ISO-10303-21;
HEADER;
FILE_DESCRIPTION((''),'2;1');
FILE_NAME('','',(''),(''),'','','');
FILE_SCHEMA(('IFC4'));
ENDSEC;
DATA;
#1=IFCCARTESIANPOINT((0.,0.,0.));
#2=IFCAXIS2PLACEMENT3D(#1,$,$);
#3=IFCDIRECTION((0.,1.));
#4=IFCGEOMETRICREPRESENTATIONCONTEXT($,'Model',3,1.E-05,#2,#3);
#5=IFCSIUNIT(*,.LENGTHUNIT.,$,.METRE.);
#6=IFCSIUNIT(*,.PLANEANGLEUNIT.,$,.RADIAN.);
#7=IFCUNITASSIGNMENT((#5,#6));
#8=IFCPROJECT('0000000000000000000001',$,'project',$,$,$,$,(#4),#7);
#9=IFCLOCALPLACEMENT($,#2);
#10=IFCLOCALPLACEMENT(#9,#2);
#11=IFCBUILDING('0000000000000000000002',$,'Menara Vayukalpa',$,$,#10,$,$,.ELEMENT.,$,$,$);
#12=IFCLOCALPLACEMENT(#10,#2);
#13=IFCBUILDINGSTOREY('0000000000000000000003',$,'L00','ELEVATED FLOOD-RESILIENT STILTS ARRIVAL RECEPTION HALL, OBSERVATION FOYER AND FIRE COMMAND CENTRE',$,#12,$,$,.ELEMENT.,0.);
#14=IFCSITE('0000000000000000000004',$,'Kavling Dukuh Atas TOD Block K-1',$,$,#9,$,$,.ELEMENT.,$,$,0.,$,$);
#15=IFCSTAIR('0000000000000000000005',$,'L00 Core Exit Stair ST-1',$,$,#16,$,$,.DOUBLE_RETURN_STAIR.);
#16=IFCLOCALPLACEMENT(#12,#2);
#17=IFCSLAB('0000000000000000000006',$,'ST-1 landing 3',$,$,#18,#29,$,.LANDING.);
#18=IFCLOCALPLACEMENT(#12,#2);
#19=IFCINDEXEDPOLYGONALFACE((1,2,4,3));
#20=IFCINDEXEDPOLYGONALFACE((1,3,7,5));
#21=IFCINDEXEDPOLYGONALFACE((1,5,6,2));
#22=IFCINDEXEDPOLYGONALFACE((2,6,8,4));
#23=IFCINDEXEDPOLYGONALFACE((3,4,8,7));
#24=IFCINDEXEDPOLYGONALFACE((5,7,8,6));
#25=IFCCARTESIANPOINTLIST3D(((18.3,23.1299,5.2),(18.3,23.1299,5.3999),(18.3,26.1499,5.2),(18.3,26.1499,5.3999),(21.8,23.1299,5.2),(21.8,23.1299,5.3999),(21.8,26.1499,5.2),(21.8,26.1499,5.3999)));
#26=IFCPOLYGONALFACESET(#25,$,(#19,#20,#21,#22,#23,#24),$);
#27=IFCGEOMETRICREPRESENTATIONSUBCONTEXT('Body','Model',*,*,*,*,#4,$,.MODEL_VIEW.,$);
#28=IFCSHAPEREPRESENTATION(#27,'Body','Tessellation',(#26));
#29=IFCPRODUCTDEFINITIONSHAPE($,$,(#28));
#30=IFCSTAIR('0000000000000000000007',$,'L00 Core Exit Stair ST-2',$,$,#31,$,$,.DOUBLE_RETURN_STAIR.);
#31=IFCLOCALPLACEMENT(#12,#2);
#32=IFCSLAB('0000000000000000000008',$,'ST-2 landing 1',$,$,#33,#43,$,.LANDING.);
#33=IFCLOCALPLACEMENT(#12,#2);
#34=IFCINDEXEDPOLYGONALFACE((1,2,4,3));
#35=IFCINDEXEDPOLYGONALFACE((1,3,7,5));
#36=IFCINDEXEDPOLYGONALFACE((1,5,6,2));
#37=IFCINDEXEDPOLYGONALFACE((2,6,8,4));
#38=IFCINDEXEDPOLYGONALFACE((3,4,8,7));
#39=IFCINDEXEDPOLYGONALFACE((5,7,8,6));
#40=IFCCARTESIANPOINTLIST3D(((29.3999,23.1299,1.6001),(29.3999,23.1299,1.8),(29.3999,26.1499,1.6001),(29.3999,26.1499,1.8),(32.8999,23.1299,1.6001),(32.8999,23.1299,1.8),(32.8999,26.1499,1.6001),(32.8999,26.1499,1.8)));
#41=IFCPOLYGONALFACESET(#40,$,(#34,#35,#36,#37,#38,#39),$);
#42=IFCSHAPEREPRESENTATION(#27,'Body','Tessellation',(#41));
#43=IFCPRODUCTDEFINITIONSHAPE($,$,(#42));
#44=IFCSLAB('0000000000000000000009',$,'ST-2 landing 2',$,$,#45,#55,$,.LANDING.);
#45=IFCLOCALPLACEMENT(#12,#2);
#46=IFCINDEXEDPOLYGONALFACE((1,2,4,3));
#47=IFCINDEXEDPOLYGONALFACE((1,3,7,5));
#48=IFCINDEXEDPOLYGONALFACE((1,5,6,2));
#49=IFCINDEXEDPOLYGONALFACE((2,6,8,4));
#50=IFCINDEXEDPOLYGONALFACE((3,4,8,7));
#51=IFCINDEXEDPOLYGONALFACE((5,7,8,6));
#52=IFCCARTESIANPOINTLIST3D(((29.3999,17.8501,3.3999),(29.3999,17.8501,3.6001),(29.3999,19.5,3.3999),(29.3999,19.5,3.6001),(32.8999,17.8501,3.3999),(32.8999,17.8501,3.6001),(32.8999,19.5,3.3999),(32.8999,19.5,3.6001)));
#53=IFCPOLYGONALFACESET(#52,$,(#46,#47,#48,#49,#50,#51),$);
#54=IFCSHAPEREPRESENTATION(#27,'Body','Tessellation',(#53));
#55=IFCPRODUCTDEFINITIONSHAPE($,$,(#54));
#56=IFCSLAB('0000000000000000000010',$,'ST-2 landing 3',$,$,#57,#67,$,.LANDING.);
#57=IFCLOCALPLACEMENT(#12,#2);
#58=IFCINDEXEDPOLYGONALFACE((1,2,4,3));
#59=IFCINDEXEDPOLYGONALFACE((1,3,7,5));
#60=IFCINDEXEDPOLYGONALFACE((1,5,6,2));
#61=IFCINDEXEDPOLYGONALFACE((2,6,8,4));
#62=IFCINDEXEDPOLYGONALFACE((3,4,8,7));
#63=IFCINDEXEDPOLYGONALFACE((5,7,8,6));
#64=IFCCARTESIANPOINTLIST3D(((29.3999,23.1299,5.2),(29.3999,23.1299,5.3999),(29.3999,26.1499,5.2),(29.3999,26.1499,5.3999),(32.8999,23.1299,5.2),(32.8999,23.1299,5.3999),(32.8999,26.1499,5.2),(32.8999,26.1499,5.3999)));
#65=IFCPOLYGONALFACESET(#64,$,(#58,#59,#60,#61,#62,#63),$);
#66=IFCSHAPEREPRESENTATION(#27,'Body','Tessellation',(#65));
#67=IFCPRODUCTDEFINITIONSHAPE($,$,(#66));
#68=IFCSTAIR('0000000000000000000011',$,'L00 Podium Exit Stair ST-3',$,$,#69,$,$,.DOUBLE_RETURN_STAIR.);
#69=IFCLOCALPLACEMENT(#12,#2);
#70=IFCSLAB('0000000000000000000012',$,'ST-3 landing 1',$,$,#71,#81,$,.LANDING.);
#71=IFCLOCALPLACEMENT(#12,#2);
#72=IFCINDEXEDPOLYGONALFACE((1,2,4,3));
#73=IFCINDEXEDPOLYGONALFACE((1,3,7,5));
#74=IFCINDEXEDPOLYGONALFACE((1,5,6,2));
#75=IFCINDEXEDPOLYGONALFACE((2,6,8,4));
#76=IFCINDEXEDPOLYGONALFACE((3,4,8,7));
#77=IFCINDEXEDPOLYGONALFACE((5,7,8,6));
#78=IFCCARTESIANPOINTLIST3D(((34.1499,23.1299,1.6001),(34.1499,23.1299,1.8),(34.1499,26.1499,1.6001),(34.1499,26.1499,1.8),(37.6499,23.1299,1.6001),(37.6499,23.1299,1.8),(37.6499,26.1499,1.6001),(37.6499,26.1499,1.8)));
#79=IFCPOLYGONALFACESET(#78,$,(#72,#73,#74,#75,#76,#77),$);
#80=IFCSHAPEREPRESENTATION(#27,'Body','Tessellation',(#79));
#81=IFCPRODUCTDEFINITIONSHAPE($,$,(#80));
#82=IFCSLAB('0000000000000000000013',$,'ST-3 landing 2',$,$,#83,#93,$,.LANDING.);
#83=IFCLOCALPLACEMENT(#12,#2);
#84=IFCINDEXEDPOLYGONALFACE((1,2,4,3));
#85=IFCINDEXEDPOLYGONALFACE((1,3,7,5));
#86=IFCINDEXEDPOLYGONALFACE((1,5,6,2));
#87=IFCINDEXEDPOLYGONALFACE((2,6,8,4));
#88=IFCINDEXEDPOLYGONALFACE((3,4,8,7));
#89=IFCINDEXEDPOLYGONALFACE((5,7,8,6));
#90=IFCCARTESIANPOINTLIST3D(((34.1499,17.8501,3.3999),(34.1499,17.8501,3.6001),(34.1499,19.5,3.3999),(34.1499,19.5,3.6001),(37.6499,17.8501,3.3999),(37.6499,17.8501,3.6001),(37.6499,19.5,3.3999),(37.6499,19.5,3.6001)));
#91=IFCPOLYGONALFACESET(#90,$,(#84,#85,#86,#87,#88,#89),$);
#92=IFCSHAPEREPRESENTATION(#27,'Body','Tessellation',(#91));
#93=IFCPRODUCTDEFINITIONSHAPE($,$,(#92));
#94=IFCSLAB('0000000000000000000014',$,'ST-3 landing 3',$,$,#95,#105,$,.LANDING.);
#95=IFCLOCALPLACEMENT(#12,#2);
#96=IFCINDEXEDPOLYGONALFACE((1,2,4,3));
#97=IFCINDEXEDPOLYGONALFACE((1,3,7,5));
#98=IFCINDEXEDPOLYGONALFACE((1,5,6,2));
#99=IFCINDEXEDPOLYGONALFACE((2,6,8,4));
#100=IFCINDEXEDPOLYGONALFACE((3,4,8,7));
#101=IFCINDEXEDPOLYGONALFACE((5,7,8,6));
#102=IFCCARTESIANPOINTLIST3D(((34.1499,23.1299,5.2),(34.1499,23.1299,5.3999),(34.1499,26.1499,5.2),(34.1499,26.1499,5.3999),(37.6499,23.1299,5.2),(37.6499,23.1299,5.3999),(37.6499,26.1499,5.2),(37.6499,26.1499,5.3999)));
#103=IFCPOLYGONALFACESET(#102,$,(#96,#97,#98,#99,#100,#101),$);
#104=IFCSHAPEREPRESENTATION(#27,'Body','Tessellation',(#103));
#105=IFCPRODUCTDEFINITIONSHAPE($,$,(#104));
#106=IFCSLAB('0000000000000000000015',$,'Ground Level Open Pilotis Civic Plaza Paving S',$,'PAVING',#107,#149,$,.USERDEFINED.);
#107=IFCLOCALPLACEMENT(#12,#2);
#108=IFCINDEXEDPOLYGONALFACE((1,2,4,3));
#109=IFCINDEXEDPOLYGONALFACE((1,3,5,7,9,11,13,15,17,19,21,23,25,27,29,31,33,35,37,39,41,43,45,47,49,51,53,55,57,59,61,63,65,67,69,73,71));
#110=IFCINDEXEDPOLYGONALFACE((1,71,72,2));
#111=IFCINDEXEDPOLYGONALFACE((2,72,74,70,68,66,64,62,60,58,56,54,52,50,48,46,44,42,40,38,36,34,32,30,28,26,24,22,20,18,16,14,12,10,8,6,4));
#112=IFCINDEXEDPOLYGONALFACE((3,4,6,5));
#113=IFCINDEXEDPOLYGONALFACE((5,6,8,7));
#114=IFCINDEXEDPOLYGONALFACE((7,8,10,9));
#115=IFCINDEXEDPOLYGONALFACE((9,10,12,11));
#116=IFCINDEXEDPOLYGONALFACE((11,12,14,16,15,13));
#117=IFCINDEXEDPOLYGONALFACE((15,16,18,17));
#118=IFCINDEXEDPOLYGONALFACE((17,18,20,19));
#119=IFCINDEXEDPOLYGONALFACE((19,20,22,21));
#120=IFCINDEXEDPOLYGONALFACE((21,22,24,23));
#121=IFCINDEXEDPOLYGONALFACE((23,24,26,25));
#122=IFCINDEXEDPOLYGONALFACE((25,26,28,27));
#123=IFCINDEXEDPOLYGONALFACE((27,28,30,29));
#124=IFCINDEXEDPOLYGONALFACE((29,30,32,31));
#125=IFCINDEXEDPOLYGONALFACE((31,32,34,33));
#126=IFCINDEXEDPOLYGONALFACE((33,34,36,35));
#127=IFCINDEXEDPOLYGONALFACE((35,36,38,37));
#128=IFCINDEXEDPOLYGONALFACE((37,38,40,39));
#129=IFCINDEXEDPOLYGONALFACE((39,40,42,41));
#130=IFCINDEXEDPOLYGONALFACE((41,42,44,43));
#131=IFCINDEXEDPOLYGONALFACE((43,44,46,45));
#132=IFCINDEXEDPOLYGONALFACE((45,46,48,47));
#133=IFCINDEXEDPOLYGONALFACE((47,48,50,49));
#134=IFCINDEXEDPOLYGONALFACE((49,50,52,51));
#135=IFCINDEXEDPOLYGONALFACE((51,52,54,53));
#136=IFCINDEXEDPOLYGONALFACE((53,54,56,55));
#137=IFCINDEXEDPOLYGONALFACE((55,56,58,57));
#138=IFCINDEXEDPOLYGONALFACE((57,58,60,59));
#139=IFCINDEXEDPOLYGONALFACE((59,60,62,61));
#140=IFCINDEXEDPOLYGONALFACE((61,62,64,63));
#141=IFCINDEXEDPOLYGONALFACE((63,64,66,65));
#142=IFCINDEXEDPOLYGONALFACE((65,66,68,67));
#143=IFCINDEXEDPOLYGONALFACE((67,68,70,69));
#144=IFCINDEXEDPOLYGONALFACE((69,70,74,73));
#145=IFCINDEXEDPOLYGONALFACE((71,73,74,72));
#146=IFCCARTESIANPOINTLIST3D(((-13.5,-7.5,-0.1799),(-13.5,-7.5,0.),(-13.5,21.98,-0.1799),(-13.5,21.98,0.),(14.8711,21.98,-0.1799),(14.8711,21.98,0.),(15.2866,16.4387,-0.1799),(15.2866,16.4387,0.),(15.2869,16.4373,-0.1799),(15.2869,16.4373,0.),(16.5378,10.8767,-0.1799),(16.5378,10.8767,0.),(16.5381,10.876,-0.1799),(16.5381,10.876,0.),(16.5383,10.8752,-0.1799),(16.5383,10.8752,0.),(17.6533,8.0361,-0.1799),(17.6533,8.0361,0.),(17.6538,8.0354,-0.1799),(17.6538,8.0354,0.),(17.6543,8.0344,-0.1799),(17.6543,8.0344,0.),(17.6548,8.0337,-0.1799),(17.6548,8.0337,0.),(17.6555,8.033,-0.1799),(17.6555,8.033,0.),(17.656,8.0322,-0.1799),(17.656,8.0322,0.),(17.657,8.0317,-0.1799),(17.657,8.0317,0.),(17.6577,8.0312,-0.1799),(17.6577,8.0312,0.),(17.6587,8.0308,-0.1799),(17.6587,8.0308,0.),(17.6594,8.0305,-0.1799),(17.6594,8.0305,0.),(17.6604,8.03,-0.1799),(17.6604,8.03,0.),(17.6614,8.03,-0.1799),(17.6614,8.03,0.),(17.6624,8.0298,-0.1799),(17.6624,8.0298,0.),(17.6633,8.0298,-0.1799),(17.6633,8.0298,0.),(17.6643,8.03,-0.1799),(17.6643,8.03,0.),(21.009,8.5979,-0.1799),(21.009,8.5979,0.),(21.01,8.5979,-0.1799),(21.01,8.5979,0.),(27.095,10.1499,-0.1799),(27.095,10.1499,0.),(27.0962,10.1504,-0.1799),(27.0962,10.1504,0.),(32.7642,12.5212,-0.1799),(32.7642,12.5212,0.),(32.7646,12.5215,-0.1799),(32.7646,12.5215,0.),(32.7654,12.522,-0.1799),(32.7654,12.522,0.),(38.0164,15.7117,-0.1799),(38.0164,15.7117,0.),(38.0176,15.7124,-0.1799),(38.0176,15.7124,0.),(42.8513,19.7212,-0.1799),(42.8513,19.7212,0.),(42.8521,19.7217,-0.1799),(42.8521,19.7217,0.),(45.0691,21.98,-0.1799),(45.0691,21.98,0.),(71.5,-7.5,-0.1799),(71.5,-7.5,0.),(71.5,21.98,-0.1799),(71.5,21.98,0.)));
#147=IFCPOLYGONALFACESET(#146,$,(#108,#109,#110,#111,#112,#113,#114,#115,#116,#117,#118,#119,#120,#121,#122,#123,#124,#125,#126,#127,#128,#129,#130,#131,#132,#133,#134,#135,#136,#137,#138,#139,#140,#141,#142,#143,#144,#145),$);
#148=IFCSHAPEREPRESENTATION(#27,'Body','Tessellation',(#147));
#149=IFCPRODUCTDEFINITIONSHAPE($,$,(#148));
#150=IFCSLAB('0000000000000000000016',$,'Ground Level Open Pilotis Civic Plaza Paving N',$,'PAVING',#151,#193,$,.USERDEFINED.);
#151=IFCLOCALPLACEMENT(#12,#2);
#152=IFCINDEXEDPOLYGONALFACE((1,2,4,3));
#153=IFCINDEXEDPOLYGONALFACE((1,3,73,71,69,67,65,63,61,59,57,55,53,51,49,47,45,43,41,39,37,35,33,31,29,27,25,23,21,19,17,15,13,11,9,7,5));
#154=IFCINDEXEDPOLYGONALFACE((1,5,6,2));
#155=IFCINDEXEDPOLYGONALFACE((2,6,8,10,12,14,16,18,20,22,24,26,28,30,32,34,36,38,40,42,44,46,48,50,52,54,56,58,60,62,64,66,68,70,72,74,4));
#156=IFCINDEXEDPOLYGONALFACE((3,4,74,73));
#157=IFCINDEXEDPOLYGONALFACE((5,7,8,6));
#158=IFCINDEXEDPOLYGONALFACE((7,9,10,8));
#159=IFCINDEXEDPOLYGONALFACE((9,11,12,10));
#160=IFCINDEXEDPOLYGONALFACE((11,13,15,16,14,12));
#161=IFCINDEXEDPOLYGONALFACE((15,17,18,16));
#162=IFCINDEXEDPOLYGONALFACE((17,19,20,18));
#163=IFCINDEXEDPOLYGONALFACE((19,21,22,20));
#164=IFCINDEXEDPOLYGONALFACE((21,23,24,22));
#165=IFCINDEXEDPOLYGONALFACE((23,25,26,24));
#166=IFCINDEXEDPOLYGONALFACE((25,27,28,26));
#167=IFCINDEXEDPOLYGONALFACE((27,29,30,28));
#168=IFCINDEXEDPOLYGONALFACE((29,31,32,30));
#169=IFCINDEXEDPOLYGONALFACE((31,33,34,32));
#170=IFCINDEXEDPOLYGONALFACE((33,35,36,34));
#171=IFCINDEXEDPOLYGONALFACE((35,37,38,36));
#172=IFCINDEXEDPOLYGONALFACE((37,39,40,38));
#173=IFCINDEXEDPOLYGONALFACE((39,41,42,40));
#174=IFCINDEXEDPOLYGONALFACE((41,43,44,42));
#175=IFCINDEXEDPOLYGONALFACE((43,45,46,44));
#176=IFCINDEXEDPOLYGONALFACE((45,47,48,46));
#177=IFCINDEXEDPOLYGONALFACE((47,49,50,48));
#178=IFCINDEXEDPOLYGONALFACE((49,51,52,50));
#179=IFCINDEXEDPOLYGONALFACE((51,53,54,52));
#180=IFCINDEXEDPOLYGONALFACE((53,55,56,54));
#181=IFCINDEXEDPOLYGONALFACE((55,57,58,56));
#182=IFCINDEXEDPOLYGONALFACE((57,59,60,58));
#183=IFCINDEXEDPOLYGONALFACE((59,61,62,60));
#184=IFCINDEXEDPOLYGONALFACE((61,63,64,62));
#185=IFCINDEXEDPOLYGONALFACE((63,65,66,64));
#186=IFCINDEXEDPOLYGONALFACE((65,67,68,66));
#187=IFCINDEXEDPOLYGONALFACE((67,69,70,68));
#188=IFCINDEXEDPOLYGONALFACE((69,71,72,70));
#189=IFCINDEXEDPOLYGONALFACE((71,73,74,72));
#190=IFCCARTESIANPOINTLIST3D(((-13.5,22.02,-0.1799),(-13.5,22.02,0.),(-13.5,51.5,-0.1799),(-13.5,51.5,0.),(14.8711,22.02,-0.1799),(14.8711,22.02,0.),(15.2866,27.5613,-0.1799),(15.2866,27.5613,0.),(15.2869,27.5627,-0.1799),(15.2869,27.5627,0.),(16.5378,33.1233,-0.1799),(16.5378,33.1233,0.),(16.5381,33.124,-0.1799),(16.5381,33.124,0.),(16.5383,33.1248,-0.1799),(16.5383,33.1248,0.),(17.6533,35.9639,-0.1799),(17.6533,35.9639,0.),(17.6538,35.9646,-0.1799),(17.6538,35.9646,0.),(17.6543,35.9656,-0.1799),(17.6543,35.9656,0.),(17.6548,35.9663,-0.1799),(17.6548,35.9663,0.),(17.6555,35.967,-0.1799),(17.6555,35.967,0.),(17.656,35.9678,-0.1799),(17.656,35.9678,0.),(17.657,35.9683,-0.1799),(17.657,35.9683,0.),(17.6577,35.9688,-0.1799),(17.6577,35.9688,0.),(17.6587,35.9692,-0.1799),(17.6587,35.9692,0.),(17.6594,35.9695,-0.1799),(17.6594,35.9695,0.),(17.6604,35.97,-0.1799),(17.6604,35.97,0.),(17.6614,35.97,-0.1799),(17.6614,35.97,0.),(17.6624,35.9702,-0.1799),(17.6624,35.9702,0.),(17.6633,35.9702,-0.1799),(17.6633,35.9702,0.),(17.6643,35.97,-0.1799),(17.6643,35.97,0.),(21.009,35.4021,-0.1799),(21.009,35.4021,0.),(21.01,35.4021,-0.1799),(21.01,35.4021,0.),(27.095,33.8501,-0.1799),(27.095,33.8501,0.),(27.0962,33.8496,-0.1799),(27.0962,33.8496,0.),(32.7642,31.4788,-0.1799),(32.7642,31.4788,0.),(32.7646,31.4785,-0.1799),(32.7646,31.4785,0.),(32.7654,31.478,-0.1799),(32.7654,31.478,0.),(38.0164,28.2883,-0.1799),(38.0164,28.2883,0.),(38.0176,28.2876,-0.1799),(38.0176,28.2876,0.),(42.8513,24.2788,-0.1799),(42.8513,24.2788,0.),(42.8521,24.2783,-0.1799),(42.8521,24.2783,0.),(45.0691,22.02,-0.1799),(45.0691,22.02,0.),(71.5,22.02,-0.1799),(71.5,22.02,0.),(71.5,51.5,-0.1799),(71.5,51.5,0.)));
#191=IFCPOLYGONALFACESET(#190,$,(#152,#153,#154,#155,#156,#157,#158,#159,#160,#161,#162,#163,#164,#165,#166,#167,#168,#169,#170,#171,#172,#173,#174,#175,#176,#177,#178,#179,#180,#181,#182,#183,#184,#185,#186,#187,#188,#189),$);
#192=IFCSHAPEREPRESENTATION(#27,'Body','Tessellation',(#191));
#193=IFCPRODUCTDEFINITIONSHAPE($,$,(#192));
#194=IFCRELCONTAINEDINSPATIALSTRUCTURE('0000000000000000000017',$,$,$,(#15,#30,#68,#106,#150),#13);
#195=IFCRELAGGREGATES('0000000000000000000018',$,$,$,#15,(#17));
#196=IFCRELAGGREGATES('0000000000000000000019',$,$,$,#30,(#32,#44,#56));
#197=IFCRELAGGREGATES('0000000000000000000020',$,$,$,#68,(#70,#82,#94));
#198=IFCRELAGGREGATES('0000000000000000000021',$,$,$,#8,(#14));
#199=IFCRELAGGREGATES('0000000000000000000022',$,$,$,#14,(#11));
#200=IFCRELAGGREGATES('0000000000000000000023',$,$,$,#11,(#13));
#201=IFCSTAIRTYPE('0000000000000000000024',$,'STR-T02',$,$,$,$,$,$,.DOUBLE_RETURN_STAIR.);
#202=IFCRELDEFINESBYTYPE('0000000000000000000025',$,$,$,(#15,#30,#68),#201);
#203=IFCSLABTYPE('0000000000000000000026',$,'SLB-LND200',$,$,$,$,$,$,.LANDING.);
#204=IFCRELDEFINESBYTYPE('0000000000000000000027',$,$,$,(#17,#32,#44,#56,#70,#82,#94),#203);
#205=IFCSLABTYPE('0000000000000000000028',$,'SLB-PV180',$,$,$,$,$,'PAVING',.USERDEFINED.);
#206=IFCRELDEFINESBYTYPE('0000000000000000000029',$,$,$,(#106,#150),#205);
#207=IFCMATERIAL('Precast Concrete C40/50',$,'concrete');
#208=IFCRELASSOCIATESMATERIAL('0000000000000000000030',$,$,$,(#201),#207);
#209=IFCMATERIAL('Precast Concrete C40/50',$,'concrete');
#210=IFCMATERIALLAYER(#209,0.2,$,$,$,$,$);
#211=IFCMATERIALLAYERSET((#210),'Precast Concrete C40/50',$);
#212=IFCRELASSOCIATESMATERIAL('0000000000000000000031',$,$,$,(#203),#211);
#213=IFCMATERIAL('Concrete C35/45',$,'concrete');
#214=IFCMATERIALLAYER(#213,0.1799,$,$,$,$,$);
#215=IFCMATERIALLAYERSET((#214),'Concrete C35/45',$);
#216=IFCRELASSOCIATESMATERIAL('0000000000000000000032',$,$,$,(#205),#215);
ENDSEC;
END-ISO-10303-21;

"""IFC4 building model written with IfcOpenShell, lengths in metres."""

from ifc_helpers import new_model, si_unit, direction, frame, origin, place, context, subcontext, project, spatial, polyline, outline, extrude, material, layer, layer_set, type_object, element, aggregate, save


model = new_model("IFC4")

# Units and contexts
model_context = context("Model", 3, precision=1e-05, world=origin(), true_north=direction((0.0, 1.0)))
body_context = subcontext(model_context, "Body", "Model", "MODEL_VIEW")
ifc_project = project(units=[si_unit("LENGTHUNIT", "METRE"), si_unit("PLANEANGLEUNIT", "RADIAN")], contexts=[model_context])

# Site, building, storey
site_placement = place(None, origin())
site = spatial("IfcSite", under=ifc_project, at=site_placement, Name="Kavling Dukuh Atas TOD Block K-1", CompositionType="ELEMENT", RefElevation=0.0)
building_placement = place(site_placement, origin())
building = spatial("IfcBuilding", under=site, at=building_placement, Name="Menara Vayukalpa", CompositionType="ELEMENT")
storey_placement = place(building_placement, origin())
storey = spatial("IfcBuildingStorey", under=building, at=storey_placement, Name="L00", Description="ELEVATED FLOOD-RESILIENT STILTS ARRIVAL RECEPTION HALL, OBSERVATION FOYER AND FIRE COMMAND CENTRE", CompositionType="ELEMENT", Elevation=0.0)

# Stairs, slabs
ifc_material_1 = material(Name="Precast Concrete C40/50", Category="concrete")
stair_type = type_object("IfcStairType", Name="STR-T02", PredefinedType="DOUBLE_RETURN_STAIR", material=ifc_material_1)
stair_1_placement = place(storey_placement, origin())
stair_1 = element("IfcStair", 1, at=stair_1_placement, inside=storey, type_object=stair_type, Name="L00 Core Exit Stair ST-1", PredefinedType="DOUBLE_RETURN_STAIR")
ifc_material_2 = material(Name="Precast Concrete C40/50", Category="concrete")
ifc_layer_1 = layer(ifc_material_2, 0.2)
ifc_layer_set_1 = layer_set([ifc_layer_1], Name="Precast Concrete C40/50")
slab_type_1 = type_object("IfcSlabType", Name="SLB-LND200", PredefinedType="LANDING", material=ifc_layer_set_1)
slab_1_placement = place(storey_placement, frame((0.0, 0.0, 5.2)))
slab_1 = element("IfcSlab", 2, at=slab_1_placement, type_object=slab_type_1, Name="ST-1 landing 3", PredefinedType="LANDING", context=body_context, shape_type="SweptSolid", body=[
    extrude(outline(polyline([(21.8, 23.1299), (21.8, 26.1499), (18.3, 26.1499), (18.3, 23.1299), (21.8, 23.1299)])), origin(), (0.0, 0.0, 1.0), 0.2),
])
aggregate(stair_1, [slab_1])
stair_2_placement = place(storey_placement, origin())
stair_2 = element("IfcStair", 3, at=stair_2_placement, inside=storey, type_object=stair_type, Name="L00 Core Exit Stair ST-2", PredefinedType="DOUBLE_RETURN_STAIR")
slab_2_placement = place(storey_placement, frame((0.0, 0.0, 1.6001)))
slab_2 = element("IfcSlab", 4, at=slab_2_placement, type_object=slab_type_1, Name="ST-2 landing 1", PredefinedType="LANDING", context=body_context, shape_type="SweptSolid", body=[
    extrude(outline(polyline([(32.8999, 23.1299), (32.8999, 26.1499), (29.3999, 26.1499), (29.3999, 23.1299), (32.8999, 23.1299)])), origin(), (0.0, 0.0, 1.0), 0.2),
])
slab_3_placement = place(storey_placement, frame((0.0, 0.0, 3.3999)))
slab_3 = element("IfcSlab", 5, at=slab_3_placement, type_object=slab_type_1, Name="ST-2 landing 2", PredefinedType="LANDING", context=body_context, shape_type="SweptSolid", body=[
    extrude(outline(polyline([(32.8999, 17.8501), (32.8999, 19.5), (29.3999, 19.5), (29.3999, 17.8501), (32.8999, 17.8501)])), origin(), (0.0, 0.0, 1.0), 0.2002),
])
slab_4_placement = place(storey_placement, frame((0.0, 0.0, 5.2)))
slab_4 = element("IfcSlab", 6, at=slab_4_placement, type_object=slab_type_1, Name="ST-2 landing 3", PredefinedType="LANDING", context=body_context, shape_type="SweptSolid", body=[
    extrude(outline(polyline([(32.8999, 23.1299), (32.8999, 26.1499), (29.3999, 26.1499), (29.3999, 23.1299), (32.8999, 23.1299)])), origin(), (0.0, 0.0, 1.0), 0.2),
])
aggregate(stair_2, [slab_2, slab_3, slab_4])
stair_3_placement = place(storey_placement, origin())
stair_3 = element("IfcStair", 7, at=stair_3_placement, inside=storey, type_object=stair_type, Name="L00 Podium Exit Stair ST-3", PredefinedType="DOUBLE_RETURN_STAIR")
slab_5_placement = place(storey_placement, frame((0.0, 0.0, 1.6001)))
slab_5 = element("IfcSlab", 8, at=slab_5_placement, type_object=slab_type_1, Name="ST-3 landing 1", PredefinedType="LANDING", context=body_context, shape_type="SweptSolid", body=[
    extrude(outline(polyline([(37.6499, 23.1299), (37.6499, 26.1499), (34.1499, 26.1499), (34.1499, 23.1299), (37.6499, 23.1299)])), origin(), (0.0, 0.0, 1.0), 0.2),
])
slab_6_placement = place(storey_placement, frame((0.0, 0.0, 3.3999)))
slab_6 = element("IfcSlab", 9, at=slab_6_placement, type_object=slab_type_1, Name="ST-3 landing 2", PredefinedType="LANDING", context=body_context, shape_type="SweptSolid", body=[
    extrude(outline(polyline([(37.6499, 17.8501), (37.6499, 19.5), (34.1499, 19.5), (34.1499, 17.8501), (37.6499, 17.8501)])), origin(), (0.0, 0.0, 1.0), 0.2002),
])
slab_7_placement = place(storey_placement, frame((0.0, 0.0, 5.2)))
slab_7 = element("IfcSlab", 10, at=slab_7_placement, type_object=slab_type_1, Name="ST-3 landing 3", PredefinedType="LANDING", context=body_context, shape_type="SweptSolid", body=[
    extrude(outline(polyline([(37.6499, 23.1299), (37.6499, 26.1499), (34.1499, 26.1499), (34.1499, 23.1299), (37.6499, 23.1299)])), origin(), (0.0, 0.0, 1.0), 0.2),
])
aggregate(stair_3, [slab_5, slab_6, slab_7])

# Slabs
ifc_material_3 = material(Name="Concrete C35/45", Category="concrete")
ifc_layer_2 = layer(ifc_material_3, 0.1799)
ifc_layer_set_2 = layer_set([ifc_layer_2], Name="Concrete C35/45")
slab_type_2 = type_object("IfcSlabType", Name="SLB-PV180", ElementType="PAVING", PredefinedType="USERDEFINED", material=ifc_layer_set_2)
slab_8_placement = place(storey_placement, frame((0.0, 0.0, -0.1799)))
element("IfcSlab", 11, at=slab_8_placement, inside=storey, type_object=slab_type_2, Name="Ground Level Open Pilotis Civic Plaza Paving S", ObjectType="PAVING", PredefinedType="USERDEFINED", context=body_context, shape_type="SweptSolid", body=[
    extrude(outline(polyline([(-13.5, 21.98), (14.8711, 21.98), (15.2866, 16.4387), (15.2869, 16.4373), (16.5378, 10.8767), (16.5381, 10.876), (16.5383, 10.8752), (17.6533, 8.0361), (17.6538, 8.0354), (17.6543, 8.0344), (17.6548, 8.0337), (17.6555, 8.033), (17.656, 8.0322), (17.657, 8.0317), (17.6577, 8.0312), (17.6587, 8.0308), (17.6594, 8.0305), (17.6604, 8.03), (17.6614, 8.03), (17.6624, 8.0298), (17.6633, 8.0298), (17.6643, 8.03), (21.009, 8.5979), (21.01, 8.5979), (27.095, 10.1499), (27.0962, 10.1504), (32.7642, 12.5212), (32.7646, 12.5215), (32.7654, 12.522), (38.0164, 15.7117), (38.0176, 15.7124), (42.8513, 19.7212), (42.8521, 19.7217), (45.0691, 21.98), (71.5, 21.98), (71.5, -7.5), (-13.5, -7.5), (-13.5, 21.98)])), origin(), (0.0, 0.0, 1.0), 0.1799),
])
slab_9_placement = place(storey_placement, frame((0.0, 0.0, -0.1799)))
element("IfcSlab", 12, at=slab_9_placement, inside=storey, type_object=slab_type_2, Name="Ground Level Open Pilotis Civic Plaza Paving N", ObjectType="PAVING", PredefinedType="USERDEFINED", context=body_context, shape_type="SweptSolid", body=[
    extrude(outline(polyline([(-13.5, 51.5), (71.5, 51.5), (71.5, 22.02), (45.0691, 22.02), (42.8521, 24.2783), (42.8513, 24.2788), (38.0176, 28.2876), (38.0164, 28.2883), (32.7654, 31.478), (32.7646, 31.4785), (32.7642, 31.4788), (27.0962, 33.8496), (27.095, 33.8501), (21.01, 35.4021), (21.009, 35.4021), (17.6643, 35.97), (17.6633, 35.9702), (17.6624, 35.9702), (17.6614, 35.97), (17.6604, 35.97), (17.6594, 35.9695), (17.6587, 35.9692), (17.6577, 35.9688), (17.657, 35.9683), (17.656, 35.9678), (17.6555, 35.967), (17.6548, 35.9663), (17.6543, 35.9656), (17.6538, 35.9646), (17.6533, 35.9639), (16.5383, 33.1248), (16.5381, 33.124), (16.5378, 33.1233), (15.2869, 27.5627), (15.2866, 27.5613), (14.8711, 22.02), (-13.5, 22.02), (-13.5, 51.5)])), origin(), (0.0, 0.0, 1.0), 0.1799),
])

save(model, "model.ifc")
